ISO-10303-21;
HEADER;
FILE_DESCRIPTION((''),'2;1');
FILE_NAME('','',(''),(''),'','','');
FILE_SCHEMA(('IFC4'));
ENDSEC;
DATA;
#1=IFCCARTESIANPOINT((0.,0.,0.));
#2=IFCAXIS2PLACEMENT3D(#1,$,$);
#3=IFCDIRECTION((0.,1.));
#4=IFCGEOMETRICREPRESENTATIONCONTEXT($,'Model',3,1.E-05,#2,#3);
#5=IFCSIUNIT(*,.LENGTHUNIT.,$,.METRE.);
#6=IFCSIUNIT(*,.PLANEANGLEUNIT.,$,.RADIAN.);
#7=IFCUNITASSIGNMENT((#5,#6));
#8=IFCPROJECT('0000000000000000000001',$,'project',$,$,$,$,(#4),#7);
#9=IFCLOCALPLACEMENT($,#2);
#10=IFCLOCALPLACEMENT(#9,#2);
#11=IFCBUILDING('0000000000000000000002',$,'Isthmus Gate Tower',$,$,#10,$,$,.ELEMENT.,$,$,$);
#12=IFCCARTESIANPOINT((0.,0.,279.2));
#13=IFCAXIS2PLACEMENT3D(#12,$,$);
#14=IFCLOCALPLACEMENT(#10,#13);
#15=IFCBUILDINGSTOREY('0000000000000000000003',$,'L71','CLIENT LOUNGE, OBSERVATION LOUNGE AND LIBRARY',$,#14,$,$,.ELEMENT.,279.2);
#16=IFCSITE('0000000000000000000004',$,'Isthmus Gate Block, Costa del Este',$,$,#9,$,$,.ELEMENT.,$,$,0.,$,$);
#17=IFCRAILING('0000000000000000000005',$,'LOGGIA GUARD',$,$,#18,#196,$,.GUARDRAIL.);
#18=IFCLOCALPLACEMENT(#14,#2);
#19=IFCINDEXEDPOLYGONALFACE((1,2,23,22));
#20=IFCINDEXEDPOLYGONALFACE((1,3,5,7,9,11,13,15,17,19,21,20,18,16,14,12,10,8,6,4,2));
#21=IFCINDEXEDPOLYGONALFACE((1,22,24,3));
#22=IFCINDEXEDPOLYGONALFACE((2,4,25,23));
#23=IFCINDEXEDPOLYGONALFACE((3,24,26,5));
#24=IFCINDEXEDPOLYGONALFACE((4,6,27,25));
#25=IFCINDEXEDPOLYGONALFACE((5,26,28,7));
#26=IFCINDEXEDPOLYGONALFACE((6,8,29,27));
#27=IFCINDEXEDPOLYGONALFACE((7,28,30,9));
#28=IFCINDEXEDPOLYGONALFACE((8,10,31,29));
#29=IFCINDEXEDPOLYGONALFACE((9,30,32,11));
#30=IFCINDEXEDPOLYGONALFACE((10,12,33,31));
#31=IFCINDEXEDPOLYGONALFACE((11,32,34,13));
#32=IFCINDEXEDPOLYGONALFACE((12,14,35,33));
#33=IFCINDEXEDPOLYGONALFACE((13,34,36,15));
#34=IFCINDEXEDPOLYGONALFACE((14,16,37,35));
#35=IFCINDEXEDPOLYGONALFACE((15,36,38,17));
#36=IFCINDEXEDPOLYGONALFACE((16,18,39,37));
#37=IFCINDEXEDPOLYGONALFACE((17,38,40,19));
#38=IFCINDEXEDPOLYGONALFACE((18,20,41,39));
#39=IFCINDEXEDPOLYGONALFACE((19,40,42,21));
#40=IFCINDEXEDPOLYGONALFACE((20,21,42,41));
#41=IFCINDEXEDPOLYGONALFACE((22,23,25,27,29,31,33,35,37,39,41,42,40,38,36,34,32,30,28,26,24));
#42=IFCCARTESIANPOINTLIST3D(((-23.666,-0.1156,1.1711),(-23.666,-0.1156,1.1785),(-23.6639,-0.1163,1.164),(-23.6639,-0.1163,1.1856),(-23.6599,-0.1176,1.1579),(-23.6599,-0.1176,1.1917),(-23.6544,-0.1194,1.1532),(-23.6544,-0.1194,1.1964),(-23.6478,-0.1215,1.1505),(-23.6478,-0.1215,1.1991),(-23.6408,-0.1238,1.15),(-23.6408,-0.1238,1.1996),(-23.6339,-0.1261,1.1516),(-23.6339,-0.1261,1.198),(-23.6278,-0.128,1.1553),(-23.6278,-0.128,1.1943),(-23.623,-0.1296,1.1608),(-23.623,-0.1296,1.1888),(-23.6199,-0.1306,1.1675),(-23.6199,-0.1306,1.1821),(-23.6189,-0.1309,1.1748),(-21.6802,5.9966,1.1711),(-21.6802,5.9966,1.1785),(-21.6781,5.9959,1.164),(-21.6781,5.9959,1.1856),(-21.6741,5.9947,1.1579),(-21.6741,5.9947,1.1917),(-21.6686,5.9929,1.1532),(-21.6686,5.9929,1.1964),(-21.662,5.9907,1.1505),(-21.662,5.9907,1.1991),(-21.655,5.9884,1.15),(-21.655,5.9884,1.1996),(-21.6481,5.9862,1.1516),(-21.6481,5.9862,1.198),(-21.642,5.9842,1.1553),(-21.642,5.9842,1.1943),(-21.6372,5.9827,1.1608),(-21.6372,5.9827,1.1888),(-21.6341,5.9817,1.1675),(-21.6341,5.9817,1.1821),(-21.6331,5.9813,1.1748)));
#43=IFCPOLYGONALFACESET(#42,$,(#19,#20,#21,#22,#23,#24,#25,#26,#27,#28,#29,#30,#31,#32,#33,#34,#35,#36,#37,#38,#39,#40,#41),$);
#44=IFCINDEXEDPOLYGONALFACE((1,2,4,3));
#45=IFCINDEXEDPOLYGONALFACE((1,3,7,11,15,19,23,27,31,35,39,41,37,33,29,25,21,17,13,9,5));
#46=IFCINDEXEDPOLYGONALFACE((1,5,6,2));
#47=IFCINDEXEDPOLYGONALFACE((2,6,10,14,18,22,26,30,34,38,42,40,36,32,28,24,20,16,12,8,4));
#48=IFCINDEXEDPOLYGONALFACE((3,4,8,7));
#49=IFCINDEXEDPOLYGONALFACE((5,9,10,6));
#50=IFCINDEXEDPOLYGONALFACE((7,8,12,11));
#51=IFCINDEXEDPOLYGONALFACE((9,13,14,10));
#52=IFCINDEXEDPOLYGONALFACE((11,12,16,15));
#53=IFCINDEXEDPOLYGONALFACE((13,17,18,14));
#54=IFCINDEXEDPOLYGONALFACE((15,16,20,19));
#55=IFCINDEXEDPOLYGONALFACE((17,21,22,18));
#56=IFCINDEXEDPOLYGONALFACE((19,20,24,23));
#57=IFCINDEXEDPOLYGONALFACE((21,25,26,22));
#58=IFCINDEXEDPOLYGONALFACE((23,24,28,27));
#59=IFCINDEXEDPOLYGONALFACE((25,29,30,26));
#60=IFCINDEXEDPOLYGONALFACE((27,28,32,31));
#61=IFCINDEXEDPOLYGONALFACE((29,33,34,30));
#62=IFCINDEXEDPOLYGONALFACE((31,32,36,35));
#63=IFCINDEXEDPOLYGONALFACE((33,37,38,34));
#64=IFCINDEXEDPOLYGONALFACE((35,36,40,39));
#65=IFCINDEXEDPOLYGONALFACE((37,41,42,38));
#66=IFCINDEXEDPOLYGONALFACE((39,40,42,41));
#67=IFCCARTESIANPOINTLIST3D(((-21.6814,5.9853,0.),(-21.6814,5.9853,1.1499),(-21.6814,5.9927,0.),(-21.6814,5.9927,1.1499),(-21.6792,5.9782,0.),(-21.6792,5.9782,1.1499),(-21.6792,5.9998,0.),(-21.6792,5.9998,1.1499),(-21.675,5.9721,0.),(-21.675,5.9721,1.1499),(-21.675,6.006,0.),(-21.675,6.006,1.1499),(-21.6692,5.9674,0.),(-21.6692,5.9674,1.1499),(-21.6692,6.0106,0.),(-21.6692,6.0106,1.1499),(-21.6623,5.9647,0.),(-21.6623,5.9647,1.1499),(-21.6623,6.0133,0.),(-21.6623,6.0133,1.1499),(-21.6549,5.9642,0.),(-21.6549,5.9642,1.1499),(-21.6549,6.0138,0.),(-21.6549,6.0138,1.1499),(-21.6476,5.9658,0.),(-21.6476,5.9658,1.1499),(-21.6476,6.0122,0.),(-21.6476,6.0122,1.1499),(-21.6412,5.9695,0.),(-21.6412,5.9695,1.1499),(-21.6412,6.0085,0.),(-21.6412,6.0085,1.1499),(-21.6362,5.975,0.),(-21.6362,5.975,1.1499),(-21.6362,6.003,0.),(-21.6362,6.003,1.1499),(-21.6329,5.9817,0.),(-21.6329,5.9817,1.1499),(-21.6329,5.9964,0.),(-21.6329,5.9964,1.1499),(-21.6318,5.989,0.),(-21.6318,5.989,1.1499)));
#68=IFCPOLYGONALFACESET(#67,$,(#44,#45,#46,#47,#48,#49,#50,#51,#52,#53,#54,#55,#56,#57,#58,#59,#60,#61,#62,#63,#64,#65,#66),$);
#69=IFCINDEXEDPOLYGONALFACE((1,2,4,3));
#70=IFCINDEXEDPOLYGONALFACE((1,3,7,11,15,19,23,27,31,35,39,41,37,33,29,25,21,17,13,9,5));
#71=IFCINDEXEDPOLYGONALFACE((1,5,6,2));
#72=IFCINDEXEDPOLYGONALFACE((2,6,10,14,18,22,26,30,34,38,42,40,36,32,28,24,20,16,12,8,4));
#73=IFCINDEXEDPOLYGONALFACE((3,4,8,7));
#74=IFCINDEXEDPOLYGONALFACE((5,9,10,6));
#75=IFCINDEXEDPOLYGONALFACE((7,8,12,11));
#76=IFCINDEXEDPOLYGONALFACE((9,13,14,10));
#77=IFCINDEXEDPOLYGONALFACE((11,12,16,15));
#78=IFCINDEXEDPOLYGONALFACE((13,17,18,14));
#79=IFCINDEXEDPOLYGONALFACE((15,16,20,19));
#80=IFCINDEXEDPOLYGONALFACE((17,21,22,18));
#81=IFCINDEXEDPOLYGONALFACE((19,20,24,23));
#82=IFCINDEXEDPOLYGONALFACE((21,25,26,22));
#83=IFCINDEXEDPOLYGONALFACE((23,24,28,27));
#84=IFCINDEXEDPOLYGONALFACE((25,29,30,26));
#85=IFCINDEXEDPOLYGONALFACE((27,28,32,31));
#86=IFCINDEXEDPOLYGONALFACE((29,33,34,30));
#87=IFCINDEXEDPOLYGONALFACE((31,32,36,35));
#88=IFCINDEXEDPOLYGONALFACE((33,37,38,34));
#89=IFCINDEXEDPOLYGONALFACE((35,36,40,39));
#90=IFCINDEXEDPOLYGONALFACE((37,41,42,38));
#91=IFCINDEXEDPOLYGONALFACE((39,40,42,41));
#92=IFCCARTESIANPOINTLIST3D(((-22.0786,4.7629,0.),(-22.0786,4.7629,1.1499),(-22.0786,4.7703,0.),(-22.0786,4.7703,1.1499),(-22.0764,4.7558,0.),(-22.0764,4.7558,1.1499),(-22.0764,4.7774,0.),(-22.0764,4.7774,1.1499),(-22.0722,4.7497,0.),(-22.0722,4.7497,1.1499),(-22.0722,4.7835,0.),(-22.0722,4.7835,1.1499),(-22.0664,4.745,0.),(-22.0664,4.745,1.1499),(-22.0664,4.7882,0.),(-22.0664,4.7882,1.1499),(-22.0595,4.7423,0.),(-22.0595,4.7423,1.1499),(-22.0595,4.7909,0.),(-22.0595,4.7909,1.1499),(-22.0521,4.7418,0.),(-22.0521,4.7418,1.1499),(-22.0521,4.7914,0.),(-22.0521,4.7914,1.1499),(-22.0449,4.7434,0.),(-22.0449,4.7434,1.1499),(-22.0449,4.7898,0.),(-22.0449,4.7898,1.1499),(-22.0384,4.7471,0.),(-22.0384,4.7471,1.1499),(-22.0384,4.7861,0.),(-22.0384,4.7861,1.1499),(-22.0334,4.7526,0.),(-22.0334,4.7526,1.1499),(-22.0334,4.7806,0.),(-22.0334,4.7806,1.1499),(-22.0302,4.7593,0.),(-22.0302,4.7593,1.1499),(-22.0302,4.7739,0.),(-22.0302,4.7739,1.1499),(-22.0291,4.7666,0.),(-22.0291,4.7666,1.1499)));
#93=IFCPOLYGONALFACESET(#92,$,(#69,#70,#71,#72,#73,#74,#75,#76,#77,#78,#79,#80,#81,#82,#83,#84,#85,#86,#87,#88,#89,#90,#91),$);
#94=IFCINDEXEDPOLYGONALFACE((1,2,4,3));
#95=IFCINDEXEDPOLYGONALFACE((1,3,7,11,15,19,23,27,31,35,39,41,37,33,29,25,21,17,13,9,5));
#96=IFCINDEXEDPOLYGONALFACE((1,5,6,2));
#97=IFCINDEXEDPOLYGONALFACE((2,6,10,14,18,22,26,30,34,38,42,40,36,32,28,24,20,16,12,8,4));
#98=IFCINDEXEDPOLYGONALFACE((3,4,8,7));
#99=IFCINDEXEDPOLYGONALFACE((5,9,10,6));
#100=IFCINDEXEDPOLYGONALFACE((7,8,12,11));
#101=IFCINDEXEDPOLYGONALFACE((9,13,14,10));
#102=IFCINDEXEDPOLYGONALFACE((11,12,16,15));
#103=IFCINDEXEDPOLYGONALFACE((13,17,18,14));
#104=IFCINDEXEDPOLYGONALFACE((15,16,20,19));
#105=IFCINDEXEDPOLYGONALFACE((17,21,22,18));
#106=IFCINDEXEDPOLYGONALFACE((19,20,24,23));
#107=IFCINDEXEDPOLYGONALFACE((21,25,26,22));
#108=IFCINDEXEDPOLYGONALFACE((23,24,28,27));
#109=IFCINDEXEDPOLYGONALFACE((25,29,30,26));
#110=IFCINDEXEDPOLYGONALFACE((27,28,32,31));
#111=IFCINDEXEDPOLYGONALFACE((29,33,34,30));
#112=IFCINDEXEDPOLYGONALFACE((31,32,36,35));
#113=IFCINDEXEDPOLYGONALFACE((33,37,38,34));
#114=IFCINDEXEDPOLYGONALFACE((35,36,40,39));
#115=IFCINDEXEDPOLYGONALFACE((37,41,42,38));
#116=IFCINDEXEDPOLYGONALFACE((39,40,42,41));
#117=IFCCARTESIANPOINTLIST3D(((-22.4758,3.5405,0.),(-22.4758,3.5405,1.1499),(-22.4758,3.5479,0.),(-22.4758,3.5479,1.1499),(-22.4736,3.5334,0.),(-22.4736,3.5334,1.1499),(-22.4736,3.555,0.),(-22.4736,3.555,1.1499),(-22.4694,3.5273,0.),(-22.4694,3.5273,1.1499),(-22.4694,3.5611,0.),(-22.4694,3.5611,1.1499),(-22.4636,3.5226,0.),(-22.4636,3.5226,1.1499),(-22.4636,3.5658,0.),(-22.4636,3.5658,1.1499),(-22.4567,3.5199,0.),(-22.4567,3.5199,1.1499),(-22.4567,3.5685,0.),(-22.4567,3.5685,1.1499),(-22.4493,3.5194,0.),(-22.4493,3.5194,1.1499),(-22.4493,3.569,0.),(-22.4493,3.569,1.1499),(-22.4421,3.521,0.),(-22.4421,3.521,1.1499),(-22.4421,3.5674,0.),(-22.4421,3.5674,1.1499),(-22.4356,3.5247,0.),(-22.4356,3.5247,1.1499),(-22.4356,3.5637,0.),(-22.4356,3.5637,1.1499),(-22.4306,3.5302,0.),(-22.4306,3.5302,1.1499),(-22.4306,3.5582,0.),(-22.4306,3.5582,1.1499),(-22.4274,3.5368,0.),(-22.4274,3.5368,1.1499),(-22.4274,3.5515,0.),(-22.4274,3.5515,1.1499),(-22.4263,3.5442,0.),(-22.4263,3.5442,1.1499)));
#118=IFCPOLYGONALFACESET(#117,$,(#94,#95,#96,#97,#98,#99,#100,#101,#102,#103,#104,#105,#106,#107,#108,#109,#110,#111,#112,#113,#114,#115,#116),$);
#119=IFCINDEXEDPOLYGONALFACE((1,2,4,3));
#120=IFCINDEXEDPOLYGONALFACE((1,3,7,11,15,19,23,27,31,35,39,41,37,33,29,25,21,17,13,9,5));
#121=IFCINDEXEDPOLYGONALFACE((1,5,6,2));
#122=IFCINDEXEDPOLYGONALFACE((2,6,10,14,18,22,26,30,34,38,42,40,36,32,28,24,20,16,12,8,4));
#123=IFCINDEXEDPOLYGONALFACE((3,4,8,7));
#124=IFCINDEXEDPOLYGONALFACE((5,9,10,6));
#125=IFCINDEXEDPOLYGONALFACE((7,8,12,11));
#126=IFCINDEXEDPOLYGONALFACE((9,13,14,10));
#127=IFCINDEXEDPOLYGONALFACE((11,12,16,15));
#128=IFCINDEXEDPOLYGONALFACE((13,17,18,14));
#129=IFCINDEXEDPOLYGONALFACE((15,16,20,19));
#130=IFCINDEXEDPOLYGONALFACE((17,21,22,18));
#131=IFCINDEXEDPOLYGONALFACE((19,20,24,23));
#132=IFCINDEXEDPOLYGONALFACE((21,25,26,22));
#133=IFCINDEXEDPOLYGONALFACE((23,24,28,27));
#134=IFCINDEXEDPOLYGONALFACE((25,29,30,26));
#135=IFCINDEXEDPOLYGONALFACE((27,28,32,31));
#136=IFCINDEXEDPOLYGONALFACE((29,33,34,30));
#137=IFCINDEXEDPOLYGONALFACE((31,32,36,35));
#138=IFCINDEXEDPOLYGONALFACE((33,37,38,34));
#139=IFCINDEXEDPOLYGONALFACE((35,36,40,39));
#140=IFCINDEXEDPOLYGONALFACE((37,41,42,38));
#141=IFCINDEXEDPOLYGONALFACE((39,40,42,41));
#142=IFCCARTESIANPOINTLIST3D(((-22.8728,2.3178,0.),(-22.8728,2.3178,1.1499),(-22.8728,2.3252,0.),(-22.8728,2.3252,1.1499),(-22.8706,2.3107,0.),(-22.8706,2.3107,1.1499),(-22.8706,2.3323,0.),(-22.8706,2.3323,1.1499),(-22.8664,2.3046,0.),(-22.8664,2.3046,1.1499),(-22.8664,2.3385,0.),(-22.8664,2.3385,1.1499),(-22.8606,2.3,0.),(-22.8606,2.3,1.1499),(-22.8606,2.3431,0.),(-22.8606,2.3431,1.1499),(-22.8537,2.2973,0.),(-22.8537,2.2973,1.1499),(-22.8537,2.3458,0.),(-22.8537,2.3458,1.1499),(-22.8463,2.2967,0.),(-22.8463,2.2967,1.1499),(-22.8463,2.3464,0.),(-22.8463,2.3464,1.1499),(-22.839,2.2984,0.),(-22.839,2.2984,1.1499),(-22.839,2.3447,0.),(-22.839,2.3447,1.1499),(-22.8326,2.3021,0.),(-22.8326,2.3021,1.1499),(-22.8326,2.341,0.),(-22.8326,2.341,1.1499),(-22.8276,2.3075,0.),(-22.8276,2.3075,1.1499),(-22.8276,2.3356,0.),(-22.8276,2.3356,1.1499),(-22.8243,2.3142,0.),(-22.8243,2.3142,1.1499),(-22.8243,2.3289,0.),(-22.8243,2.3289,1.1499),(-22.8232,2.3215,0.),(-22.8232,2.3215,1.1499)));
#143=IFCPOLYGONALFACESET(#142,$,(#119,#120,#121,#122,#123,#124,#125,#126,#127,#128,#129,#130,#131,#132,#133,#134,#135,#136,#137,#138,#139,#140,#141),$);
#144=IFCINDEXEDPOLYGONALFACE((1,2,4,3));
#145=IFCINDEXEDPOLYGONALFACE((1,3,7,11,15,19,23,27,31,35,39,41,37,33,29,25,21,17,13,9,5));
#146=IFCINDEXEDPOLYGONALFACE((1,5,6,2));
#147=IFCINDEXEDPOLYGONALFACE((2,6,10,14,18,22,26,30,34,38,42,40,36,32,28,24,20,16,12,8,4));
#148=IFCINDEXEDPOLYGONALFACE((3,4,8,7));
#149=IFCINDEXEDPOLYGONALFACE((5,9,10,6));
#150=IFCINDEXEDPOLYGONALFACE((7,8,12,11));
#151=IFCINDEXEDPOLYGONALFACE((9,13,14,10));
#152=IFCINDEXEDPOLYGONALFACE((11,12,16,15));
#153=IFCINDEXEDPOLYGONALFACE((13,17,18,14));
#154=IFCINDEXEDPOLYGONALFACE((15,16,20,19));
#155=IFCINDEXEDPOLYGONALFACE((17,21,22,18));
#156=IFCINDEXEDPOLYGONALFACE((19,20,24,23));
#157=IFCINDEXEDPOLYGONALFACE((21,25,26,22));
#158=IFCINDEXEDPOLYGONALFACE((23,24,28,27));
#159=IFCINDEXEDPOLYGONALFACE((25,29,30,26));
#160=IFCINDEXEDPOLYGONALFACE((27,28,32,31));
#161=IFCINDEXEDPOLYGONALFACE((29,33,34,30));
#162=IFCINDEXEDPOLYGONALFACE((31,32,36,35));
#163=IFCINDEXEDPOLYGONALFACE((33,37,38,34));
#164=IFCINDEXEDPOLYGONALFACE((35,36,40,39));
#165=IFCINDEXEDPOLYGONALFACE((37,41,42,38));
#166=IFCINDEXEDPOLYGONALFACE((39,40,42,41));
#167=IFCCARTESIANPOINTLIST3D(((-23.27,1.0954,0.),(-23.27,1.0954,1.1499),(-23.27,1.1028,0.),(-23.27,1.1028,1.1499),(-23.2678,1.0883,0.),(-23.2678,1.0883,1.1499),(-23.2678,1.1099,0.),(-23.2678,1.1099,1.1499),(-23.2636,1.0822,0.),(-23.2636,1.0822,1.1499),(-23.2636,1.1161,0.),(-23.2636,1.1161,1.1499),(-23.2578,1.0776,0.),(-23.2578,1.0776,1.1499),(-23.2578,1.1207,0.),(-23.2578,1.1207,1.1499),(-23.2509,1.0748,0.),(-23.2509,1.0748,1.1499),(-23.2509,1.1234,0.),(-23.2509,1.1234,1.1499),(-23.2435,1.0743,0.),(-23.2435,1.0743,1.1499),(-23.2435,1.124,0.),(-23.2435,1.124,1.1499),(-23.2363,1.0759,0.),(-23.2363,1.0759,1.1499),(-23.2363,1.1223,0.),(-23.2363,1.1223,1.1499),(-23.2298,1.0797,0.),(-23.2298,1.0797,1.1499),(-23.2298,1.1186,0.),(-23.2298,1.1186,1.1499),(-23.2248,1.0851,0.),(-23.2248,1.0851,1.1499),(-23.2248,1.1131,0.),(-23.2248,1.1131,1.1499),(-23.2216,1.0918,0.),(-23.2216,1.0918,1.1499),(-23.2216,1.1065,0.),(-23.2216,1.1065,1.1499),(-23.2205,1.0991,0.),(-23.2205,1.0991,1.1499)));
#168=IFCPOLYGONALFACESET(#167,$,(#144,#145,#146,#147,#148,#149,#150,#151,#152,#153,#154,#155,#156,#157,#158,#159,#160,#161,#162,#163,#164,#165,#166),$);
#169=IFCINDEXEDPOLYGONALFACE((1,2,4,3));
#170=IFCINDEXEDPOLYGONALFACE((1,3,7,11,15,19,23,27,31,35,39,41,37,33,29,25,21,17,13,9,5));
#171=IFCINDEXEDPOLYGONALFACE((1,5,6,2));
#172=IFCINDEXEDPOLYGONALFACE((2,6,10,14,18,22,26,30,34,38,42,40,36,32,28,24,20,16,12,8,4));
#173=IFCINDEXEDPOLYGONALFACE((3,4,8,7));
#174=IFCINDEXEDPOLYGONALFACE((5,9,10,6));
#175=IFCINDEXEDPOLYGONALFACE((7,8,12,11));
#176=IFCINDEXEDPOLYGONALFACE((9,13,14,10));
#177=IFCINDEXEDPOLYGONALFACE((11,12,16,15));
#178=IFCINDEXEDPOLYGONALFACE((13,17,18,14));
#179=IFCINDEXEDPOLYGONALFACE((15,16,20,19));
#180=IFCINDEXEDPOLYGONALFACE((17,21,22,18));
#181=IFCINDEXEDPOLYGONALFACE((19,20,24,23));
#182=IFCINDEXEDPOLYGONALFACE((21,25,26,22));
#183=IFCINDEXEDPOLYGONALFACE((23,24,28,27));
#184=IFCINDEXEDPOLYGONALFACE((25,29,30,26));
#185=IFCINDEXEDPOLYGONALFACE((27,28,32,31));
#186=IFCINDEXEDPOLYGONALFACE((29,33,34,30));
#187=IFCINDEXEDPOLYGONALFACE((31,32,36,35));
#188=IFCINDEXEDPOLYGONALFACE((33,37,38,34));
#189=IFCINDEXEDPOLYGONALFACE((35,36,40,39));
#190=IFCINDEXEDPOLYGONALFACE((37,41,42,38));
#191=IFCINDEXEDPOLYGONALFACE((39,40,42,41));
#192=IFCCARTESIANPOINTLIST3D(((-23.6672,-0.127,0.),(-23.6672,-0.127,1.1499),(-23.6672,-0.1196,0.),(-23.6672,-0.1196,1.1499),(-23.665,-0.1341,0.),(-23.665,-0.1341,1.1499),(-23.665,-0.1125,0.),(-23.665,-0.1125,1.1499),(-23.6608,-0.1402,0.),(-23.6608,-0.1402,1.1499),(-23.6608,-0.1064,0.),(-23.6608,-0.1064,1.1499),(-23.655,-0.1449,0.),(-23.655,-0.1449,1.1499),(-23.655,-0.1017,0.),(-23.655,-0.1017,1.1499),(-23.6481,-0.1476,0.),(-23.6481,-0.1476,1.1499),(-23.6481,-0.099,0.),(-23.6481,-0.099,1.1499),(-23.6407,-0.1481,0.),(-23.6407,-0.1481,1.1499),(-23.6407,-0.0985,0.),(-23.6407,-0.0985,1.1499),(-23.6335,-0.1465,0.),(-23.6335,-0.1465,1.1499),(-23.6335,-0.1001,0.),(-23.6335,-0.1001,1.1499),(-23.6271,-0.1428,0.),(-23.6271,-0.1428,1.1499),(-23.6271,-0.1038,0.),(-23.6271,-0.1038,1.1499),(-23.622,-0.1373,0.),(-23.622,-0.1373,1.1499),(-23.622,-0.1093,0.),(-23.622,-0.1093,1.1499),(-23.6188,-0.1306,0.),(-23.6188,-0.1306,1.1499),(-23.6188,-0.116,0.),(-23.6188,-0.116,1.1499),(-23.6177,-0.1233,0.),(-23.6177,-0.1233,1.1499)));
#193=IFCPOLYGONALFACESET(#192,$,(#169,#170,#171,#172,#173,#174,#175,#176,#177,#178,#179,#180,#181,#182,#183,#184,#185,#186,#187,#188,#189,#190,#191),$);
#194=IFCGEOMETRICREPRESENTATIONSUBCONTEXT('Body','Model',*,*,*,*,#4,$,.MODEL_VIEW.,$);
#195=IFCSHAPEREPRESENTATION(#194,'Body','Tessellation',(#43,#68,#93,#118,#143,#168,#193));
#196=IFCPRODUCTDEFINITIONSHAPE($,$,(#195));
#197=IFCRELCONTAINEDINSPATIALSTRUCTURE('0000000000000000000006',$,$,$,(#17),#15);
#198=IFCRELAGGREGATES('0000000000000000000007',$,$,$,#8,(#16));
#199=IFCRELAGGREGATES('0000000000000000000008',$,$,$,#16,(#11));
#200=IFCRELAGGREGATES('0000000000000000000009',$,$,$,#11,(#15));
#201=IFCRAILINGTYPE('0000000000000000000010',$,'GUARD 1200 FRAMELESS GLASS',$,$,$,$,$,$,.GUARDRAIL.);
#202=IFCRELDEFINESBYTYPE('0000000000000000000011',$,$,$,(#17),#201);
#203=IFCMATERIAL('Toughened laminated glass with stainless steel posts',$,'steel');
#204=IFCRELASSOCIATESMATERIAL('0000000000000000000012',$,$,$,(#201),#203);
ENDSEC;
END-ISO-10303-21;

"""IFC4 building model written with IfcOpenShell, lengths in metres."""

from ifc_helpers import new_model, si_unit, direction, frame, origin, origin_2d, place, context, subcontext, project, spatial, circle, extrude, material, type_object, element, save


model = new_model("IFC4")

# Units and contexts
model_context = context("Model", 3, precision=1e-05, world=origin(), true_north=direction((0.0, 1.0)))
body_context = subcontext(model_context, "Body", "Model", "MODEL_VIEW")
ifc_project = project(units=[si_unit("LENGTHUNIT", "METRE"), si_unit("PLANEANGLEUNIT", "RADIAN")], contexts=[model_context])

# Site, building, storey
site_placement = place(None, origin())
site = spatial("IfcSite", under=ifc_project, at=site_placement, Name="Isthmus Gate Block, Costa del Este", CompositionType="ELEMENT", RefElevation=0.0)
building_placement = place(site_placement, origin())
building = spatial("IfcBuilding", under=site, at=building_placement, Name="Isthmus Gate Tower", CompositionType="ELEMENT")
storey_placement = place(building_placement, frame((0.0, 0.0, 279.2)))
storey = spatial("IfcBuildingStorey", under=building, at=storey_placement, Name="L71", Description="CLIENT LOUNGE, OBSERVATION LOUNGE AND LIBRARY", CompositionType="ELEMENT", Elevation=279.2)

# Railing
ifc_material_1 = material(Name="Toughened laminated glass with stainless steel posts", Category="steel")
railing_type_1 = type_object("IfcRailingType", Name="GUARD 1200 FRAMELESS GLASS", PredefinedType="GUARDRAIL", material=ifc_material_1)
railing_1_placement = place(storey_placement, frame((-21.6567, 5.989, 0.0)))
element("IfcRailing", 1, at=railing_1_placement, inside=storey, type_object=railing_type_1, Name="LOGGIA GUARD", PredefinedType="GUARDRAIL", context=body_context, shape_type="SweptSolid", body=[
    extrude(circle(Radius=0.0249, at=origin_2d()), frame((0.0, 0.0, 1.1748), z_axis=(-0.308993, -0.951064, 0.0), x_axis=(0.951064, -0.308993, 0.0)), (0.0, 0.0, 1.0), 6.4268),
    extrude(circle(Radius=0.0249, at=origin_2d()), origin(), (0.0, 0.0, 1.0), 1.1499),
    extrude(circle(Radius=0.0249, at=origin_2d()), frame((-0.3972, -1.2224, 0.0)), (0.0, 0.0, 1.0), 1.1499),
    extrude(circle(Radius=0.0249, at=origin_2d()), frame((-0.7944, -2.4448, 0.0)), (0.0, 0.0, 1.0), 1.1499),
    extrude(circle(Radius=0.0249, at=origin_2d()), frame((-1.1914, -3.6675, 0.0)), (0.0, 0.0, 1.0), 1.1499),
    extrude(circle(Radius=0.0249, at=origin_2d()), frame((-1.5886, -4.8899, 0.0)), (0.0, 0.0, 1.0), 1.1499),
    extrude(circle(Radius=0.0249, at=origin_2d()), frame((-1.9858, -6.1123, 0.0)), (0.0, 0.0, 1.0), 1.1499),
])

save(model, "model.ifc")
